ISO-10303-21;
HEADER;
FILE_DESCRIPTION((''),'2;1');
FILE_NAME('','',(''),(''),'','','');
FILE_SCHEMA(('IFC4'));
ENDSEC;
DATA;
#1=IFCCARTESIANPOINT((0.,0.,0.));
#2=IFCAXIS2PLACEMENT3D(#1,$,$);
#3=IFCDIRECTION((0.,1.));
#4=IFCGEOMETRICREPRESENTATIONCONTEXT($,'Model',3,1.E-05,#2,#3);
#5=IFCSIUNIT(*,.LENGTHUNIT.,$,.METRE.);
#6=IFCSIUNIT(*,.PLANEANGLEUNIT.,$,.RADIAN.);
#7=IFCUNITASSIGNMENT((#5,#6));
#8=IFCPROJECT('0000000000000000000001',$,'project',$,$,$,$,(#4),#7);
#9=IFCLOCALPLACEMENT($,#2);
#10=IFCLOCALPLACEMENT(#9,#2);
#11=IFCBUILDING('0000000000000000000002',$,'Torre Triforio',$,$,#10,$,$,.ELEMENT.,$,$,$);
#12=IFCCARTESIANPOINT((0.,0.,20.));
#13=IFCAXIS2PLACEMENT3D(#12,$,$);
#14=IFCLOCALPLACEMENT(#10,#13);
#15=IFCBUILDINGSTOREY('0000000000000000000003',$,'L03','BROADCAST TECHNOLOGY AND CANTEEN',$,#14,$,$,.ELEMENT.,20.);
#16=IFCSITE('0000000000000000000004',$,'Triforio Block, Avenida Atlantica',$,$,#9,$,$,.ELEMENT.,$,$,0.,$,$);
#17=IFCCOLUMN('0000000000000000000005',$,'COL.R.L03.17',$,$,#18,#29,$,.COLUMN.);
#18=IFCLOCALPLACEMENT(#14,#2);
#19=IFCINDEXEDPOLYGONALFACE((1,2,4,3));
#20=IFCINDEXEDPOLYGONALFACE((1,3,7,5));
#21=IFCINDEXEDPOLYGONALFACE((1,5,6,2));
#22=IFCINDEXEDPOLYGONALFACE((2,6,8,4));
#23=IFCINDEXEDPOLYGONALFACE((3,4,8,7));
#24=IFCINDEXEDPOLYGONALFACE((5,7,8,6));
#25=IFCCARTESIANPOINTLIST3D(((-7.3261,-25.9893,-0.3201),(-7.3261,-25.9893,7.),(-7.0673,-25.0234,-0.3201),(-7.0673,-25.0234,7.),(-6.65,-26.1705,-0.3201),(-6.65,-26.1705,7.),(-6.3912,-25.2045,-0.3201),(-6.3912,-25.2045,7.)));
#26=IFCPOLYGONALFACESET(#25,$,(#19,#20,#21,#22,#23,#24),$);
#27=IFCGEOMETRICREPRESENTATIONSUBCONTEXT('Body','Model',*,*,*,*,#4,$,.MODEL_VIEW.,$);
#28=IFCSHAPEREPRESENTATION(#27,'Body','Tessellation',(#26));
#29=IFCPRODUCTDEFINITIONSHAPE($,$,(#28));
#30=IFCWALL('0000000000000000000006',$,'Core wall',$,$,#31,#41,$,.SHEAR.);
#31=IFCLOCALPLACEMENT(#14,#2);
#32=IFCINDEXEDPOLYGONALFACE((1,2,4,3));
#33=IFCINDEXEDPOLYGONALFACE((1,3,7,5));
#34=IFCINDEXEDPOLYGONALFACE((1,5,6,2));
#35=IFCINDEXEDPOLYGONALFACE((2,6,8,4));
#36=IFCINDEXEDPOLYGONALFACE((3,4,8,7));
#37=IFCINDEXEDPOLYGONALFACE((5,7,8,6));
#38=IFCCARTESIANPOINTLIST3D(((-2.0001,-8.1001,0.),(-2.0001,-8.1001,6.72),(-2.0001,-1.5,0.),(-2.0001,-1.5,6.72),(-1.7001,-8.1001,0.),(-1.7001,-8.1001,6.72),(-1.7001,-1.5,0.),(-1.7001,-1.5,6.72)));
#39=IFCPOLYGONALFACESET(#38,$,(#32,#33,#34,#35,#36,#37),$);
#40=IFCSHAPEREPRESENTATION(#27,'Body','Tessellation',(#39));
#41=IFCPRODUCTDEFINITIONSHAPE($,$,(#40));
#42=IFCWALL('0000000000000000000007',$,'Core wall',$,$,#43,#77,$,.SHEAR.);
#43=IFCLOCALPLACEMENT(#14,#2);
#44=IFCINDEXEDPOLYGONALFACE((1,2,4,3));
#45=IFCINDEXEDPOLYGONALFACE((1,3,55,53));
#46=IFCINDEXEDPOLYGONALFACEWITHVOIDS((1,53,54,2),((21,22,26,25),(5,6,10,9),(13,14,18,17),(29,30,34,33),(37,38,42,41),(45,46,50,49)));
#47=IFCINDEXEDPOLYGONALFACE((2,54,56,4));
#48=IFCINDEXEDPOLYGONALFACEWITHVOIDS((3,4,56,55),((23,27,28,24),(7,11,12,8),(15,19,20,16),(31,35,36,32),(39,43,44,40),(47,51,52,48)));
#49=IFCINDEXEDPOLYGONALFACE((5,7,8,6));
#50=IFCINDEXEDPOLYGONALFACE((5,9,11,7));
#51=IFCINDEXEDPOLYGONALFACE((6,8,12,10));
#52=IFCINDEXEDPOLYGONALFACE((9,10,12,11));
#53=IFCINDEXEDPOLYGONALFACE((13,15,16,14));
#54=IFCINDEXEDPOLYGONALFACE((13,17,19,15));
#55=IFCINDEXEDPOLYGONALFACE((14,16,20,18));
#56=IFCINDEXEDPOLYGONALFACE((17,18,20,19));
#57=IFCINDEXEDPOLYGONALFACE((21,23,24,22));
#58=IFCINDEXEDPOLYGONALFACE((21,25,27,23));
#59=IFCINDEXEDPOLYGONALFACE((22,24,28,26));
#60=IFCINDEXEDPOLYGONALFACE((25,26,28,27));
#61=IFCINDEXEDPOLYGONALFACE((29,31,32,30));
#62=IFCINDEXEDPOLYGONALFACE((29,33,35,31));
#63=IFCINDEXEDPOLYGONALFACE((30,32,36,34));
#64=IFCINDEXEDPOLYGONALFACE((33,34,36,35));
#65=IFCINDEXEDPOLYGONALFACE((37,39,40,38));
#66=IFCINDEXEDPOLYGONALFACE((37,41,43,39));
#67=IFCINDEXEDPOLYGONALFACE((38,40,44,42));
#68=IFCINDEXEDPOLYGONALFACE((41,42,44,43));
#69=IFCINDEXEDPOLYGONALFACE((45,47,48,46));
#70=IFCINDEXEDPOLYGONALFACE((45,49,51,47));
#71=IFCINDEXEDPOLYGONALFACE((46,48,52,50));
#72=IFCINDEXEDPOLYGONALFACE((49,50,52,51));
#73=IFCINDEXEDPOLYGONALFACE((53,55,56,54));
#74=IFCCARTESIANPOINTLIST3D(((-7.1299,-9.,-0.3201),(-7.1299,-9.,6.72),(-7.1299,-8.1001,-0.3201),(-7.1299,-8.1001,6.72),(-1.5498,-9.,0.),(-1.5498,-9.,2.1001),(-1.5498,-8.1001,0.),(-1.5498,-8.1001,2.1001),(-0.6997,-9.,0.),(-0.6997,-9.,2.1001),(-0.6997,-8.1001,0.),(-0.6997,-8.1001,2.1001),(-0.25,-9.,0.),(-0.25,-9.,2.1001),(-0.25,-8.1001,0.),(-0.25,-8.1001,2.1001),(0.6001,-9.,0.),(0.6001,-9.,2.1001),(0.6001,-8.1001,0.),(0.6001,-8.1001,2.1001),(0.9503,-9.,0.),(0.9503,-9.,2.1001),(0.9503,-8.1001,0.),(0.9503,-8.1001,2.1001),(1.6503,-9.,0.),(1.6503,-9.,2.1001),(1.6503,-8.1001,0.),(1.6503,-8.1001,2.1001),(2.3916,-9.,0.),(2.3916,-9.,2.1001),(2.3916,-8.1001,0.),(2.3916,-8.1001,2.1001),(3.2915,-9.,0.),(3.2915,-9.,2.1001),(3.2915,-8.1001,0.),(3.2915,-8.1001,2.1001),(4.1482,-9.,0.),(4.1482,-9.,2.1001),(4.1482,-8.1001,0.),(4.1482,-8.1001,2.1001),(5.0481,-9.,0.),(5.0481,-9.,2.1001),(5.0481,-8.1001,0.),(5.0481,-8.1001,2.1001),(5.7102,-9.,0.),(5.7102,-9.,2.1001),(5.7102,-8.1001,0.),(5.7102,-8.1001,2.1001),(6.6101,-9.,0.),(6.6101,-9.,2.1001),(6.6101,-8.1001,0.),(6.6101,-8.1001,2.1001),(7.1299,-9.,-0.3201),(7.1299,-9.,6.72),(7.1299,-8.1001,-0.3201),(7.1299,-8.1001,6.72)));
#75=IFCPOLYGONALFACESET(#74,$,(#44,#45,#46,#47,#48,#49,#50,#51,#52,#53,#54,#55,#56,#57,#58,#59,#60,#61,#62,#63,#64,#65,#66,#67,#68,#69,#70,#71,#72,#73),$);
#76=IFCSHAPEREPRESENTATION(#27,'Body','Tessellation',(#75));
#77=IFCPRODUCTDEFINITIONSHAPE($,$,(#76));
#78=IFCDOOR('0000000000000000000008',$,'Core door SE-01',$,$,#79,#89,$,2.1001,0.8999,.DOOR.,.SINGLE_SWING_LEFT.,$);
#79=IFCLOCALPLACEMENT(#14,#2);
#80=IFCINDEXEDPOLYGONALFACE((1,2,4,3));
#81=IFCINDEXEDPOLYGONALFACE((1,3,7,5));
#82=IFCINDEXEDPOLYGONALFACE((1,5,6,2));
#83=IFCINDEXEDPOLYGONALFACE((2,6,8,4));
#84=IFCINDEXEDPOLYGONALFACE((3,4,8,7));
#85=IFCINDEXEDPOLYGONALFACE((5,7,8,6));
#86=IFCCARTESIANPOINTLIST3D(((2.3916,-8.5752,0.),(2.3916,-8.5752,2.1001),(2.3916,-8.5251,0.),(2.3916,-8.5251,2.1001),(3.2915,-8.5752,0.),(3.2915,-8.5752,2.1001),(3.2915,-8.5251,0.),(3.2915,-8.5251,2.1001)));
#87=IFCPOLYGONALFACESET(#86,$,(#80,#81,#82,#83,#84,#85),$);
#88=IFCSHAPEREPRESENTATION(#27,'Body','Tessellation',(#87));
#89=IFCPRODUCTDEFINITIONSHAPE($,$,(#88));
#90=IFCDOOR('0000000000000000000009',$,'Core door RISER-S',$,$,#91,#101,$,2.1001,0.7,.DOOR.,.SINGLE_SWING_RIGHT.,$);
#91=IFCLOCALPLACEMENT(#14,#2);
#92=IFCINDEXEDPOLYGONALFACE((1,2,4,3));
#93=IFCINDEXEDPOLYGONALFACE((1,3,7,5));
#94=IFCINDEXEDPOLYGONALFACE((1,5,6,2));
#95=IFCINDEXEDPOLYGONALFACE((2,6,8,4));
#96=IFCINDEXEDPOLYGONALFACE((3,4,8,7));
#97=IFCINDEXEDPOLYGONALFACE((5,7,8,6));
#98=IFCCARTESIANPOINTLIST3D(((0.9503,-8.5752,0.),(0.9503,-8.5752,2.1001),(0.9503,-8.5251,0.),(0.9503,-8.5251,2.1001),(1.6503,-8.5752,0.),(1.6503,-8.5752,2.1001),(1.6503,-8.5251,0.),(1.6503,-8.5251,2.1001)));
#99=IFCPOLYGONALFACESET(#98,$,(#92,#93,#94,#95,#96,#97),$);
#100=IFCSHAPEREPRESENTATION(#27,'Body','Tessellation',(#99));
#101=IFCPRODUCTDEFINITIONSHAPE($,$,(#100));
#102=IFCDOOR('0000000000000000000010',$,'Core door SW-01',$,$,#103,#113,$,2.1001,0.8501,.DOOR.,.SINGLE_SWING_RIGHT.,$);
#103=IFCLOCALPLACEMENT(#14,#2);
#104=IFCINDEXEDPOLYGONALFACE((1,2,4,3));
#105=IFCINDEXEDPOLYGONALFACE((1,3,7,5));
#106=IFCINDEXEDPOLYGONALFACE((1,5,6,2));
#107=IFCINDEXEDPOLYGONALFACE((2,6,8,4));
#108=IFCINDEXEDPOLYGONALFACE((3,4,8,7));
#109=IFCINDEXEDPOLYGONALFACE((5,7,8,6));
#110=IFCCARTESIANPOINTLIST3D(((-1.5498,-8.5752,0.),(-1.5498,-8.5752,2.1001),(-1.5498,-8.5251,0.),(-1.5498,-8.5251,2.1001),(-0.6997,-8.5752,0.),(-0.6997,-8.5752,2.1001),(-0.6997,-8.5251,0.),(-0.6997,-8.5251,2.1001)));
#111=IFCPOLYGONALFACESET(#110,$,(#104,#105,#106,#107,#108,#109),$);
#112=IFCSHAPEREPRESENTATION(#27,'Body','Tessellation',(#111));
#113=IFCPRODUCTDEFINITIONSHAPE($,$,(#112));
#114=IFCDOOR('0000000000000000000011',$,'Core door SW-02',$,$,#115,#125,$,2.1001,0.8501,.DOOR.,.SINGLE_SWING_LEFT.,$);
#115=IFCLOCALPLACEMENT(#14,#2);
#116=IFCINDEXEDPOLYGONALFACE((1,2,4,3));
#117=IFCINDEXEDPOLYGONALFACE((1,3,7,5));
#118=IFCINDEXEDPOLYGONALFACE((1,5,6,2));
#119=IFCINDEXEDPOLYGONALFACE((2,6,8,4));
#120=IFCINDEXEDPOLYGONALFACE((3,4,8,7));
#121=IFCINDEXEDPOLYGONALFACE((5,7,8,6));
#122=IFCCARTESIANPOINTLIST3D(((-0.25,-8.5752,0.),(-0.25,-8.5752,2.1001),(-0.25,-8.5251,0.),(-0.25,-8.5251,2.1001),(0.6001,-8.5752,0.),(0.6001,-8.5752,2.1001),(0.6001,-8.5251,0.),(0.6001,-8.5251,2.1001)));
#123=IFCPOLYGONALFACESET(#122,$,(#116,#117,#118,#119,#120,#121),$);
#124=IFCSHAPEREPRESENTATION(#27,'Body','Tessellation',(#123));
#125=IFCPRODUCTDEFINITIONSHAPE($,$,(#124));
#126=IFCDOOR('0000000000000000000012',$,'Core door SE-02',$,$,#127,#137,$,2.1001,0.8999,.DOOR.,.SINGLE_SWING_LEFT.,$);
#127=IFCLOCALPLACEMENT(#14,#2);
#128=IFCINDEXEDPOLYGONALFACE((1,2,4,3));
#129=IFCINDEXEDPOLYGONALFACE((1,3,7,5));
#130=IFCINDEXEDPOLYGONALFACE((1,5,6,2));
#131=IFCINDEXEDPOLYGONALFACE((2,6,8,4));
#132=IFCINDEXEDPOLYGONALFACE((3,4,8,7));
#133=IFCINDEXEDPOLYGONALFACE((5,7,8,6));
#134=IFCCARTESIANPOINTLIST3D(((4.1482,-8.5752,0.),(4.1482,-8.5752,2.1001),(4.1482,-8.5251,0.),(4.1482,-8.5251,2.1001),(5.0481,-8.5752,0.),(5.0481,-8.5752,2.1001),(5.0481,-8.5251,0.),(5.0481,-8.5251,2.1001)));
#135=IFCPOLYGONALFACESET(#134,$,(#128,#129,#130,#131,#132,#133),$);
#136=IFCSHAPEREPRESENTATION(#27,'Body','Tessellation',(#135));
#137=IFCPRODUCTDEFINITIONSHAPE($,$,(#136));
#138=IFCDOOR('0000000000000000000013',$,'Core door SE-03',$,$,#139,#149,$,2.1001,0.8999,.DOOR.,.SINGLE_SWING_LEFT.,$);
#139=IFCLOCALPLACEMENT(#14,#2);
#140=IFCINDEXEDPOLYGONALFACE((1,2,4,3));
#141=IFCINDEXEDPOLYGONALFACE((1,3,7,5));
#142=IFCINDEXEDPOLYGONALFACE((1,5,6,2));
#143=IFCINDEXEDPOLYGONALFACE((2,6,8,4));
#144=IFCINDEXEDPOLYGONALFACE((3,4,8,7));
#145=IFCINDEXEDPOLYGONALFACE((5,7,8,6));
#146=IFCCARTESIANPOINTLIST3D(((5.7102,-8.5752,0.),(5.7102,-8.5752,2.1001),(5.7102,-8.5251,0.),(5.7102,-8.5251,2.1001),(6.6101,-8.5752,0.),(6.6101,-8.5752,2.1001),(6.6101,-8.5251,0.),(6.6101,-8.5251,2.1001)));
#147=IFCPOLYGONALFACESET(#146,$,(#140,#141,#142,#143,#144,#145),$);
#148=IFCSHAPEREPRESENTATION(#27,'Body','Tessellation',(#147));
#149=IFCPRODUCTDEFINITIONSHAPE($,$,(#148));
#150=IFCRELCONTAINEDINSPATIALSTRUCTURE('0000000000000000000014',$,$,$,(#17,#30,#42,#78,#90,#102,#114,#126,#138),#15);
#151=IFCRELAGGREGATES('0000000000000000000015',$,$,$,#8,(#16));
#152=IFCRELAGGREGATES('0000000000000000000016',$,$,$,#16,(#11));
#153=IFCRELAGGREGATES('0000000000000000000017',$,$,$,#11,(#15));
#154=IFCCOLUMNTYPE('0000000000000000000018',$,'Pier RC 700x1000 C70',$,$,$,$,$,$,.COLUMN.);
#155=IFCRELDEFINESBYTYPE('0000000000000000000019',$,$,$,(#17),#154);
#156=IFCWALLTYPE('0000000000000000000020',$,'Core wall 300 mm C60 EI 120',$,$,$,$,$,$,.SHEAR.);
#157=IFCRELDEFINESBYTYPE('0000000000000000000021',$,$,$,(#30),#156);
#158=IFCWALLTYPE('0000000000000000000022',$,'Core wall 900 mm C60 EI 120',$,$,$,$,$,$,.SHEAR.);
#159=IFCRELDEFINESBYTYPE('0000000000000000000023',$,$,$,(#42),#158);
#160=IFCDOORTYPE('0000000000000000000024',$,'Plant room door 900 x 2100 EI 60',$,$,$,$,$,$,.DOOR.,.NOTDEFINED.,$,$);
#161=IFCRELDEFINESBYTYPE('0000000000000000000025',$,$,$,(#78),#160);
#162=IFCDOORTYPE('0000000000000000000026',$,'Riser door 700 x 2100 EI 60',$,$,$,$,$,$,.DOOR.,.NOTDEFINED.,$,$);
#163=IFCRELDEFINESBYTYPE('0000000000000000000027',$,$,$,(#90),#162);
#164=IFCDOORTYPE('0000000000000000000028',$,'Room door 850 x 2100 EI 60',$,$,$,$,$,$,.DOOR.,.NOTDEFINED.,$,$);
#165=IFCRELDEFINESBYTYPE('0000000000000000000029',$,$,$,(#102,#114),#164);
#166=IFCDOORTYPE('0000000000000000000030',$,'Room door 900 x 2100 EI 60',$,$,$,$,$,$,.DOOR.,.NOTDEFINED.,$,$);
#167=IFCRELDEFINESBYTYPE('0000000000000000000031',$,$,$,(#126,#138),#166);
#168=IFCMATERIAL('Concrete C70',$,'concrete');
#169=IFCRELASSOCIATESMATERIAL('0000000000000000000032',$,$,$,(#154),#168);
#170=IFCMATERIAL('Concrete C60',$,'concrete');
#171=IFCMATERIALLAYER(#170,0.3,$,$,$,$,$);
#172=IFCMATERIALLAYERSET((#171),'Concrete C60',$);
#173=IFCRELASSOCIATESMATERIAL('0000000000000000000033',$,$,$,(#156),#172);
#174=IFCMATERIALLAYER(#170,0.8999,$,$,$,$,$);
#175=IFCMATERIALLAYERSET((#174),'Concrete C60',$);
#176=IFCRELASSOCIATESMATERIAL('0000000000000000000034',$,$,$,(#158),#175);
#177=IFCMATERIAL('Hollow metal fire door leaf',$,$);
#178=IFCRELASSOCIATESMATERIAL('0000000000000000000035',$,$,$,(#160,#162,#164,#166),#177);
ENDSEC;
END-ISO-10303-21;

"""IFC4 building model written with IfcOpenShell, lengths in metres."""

from ifc_helpers import new_model, si_unit, direction, frame, frame_2d, origin, origin_2d, place, context, subcontext, project, spatial, rectangle, extrude, material, layer, layer_set, material_profile, profile_set, type_object, element, fill, save


model = new_model("IFC4")

# Units and contexts
model_context = context("Model", 3, precision=1e-05, world=origin(), true_north=direction((0.0, 1.0)))
body_context = subcontext(model_context, "Body", "Model", "MODEL_VIEW")
ifc_project = project(units=[si_unit("LENGTHUNIT", "METRE"), si_unit("PLANEANGLEUNIT", "RADIAN")], contexts=[model_context])

# Site, building, storey
site_placement = place(None, origin())
site = spatial("IfcSite", under=ifc_project, at=site_placement, Name="Triforio Block, Avenida Atlantica", CompositionType="ELEMENT", RefElevation=0.0)
building_placement = place(site_placement, origin())
building = spatial("IfcBuilding", under=site, at=building_placement, Name="Torre Triforio", CompositionType="ELEMENT")
storey_placement = place(building_placement, frame((0.0, 0.0, 20.0)))
storey = spatial("IfcBuildingStorey", under=building, at=storey_placement, Name="L03", Description="BROADCAST TECHNOLOGY AND CANTEEN", CompositionType="ELEMENT", Elevation=20.0)

# Column
ifc_material_1 = material(Name="Concrete C70", Category="concrete")
ifc_material_profile_1 = material_profile(ifc_material_1, rectangle(XDim=0.7, YDim=1.0, at=origin_2d()), Name="RC 700x1000")
ifc_profile_set_1 = profile_set([ifc_material_profile_1], Name="Concrete C70")
column_type = type_object("IfcColumnType", Name="Pier RC 700x1000 C70", PredefinedType="COLUMN", material=ifc_profile_set_1)
column_placement = place(storey_placement, frame((-6.8586, -25.5969, -0.3201), z_axis=(0.0, 0.0, 1.0), x_axis=(0.965926, -0.258819, 0.0)))
element("IfcColumn", 1, at=column_placement, inside=storey, type_object=column_type, Name="COL.R.L03.17", PredefinedType="COLUMN", context=body_context, shape_type="SweptSolid", body=[
    extrude(rectangle(XDim=0.7, YDim=1.0, at=origin_2d()), origin(), (0.0, 0.0, 1.0), 7.3201),
])

# Wall
ifc_material_2 = material(Name="Concrete C60", Category="concrete")
ifc_layer_1 = layer(ifc_material_2, 0.3)
ifc_layer_set_1 = layer_set([ifc_layer_1], Name="Concrete C60")
wall_type_1 = type_object("IfcWallType", Name="Core wall 300 mm C60 EI 120", PredefinedType="SHEAR", material=ifc_layer_set_1)
wall_1_placement = place(storey_placement, frame((-1.8501, -8.1001, 0.0), z_axis=(0.0, 0.0, 1.0), x_axis=(0.0, 1.0, 0.0)))
element("IfcWall", 2, at=wall_1_placement, inside=storey, type_object=wall_type_1, Name="Core wall", PredefinedType="SHEAR", context=body_context, shape_type="SweptSolid", body=[
    extrude(rectangle(XDim=6.6001, YDim=0.3, at=frame_2d((3.3, 0.0))), origin(), (0.0, 0.0, 1.0), 6.72),
])

# Wall, openings, doors
ifc_layer_2 = layer(ifc_material_2, 0.8999)
ifc_layer_set_2 = layer_set([ifc_layer_2], Name="Concrete C60")
wall_type_2 = type_object("IfcWallType", Name="Core wall 900 mm C60 EI 120", PredefinedType="SHEAR", material=ifc_layer_set_2)
wall_2_placement = place(storey_placement, frame((-7.1299, -8.55, -0.3201), z_axis=(0.0, 0.0, 1.0), x_axis=(1.0, 0.0, 0.0)))
wall_2 = element("IfcWall", 3, at=wall_2_placement, inside=storey, type_object=wall_type_2, Name="Core wall", PredefinedType="SHEAR", context=body_context, shape_type="SweptSolid", body=[
    extrude(rectangle(XDim=14.2598, YDim=0.8999, at=frame_2d((7.1299, 0.0))), origin(), (0.0, 0.0, 1.0), 7.04),
])
opening_1_placement = place(wall_2_placement, frame((8.0801, 0.0, 0.3201)))
opening_1 = element("IfcOpeningElement", 4, at=opening_1_placement, cuts=wall_2, PredefinedType="OPENING", context=body_context, shape_type="SweptSolid", body=[
    extrude(rectangle(XDim=0.7, YDim=2.1001, at=frame_2d((0.3501, 1.05))), frame((0.0, 0.46, 0.0), z_axis=(0.0, -1.0, 0.0), x_axis=(1.0, 0.0, 0.0)), (0.0, 0.0, 1.0), 0.9199),
])
opening_2_placement = place(wall_2_placement, frame((5.5801, 0.0, 0.3201)))
opening_2 = element("IfcOpeningElement", 5, at=opening_2_placement, cuts=wall_2, PredefinedType="OPENING", context=body_context, shape_type="SweptSolid", body=[
    extrude(rectangle(XDim=0.8501, YDim=2.1001, at=frame_2d((0.425, 1.05))), frame((0.0, 0.46, 0.0), z_axis=(0.0, -1.0, 0.0), x_axis=(1.0, 0.0, 0.0)), (0.0, 0.0, 1.0), 0.9199),
])
opening_3_placement = place(wall_2_placement, frame((6.8799, 0.0, 0.3201)))
opening_3 = element("IfcOpeningElement", 6, at=opening_3_placement, cuts=wall_2, PredefinedType="OPENING", context=body_context, shape_type="SweptSolid", body=[
    extrude(rectangle(XDim=0.8501, YDim=2.1001, at=frame_2d((0.425, 1.05))), frame((0.0, 0.46, 0.0), z_axis=(0.0, -1.0, 0.0), x_axis=(1.0, 0.0, 0.0)), (0.0, 0.0, 1.0), 0.9199),
])
opening_4_placement = place(wall_2_placement, frame((9.5215, 0.0, 0.3201)))
opening_4 = element("IfcOpeningElement", 7, at=opening_4_placement, cuts=wall_2, PredefinedType="OPENING", context=body_context, shape_type="SweptSolid", body=[
    extrude(rectangle(XDim=0.8999, YDim=2.1001, at=frame_2d((0.45, 1.05))), frame((0.0, 0.46, 0.0), z_axis=(0.0, -1.0, 0.0), x_axis=(1.0, 0.0, 0.0)), (0.0, 0.0, 1.0), 0.9199),
])
opening_5_placement = place(wall_2_placement, frame((11.2781, 0.0, 0.3201)))
opening_5 = element("IfcOpeningElement", 8, at=opening_5_placement, cuts=wall_2, PredefinedType="OPENING", context=body_context, shape_type="SweptSolid", body=[
    extrude(rectangle(XDim=0.8999, YDim=2.1001, at=frame_2d((0.45, 1.05))), frame((0.0, 0.46, 0.0), z_axis=(0.0, -1.0, 0.0), x_axis=(1.0, 0.0, 0.0)), (0.0, 0.0, 1.0), 0.9199),
])
opening_6_placement = place(wall_2_placement, frame((12.8401, 0.0, 0.3201)))
opening_6 = element("IfcOpeningElement", 9, at=opening_6_placement, cuts=wall_2, PredefinedType="OPENING", context=body_context, shape_type="SweptSolid", body=[
    extrude(rectangle(XDim=0.8999, YDim=2.1001, at=frame_2d((0.45, 1.05))), frame((0.0, 0.46, 0.0), z_axis=(0.0, -1.0, 0.0), x_axis=(1.0, 0.0, 0.0)), (0.0, 0.0, 1.0), 0.9199),
])
ifc_material_3 = material(Name="Hollow metal fire door leaf")
door_type_1 = type_object("IfcDoorType", Name="Plant room door 900 x 2100 EI 60", OperationType="NOTDEFINED", PredefinedType="DOOR", material=ifc_material_3)
door_1_placement = place(opening_4_placement, origin())
door_1 = element("IfcDoor", 10, at=door_1_placement, inside=storey, type_object=door_type_1, Name="Core door SE-01", OperationType="SINGLE_SWING_LEFT", OverallHeight=2.1001, OverallWidth=0.8999, PredefinedType="DOOR", context=body_context, shape_type="SweptSolid", body=[
    extrude(rectangle(XDim=0.8999, YDim=2.1001, at=frame_2d((0.45, 1.05))), frame((0.0, 0.0249, 0.0), z_axis=(0.0, -1.0, 0.0), x_axis=(1.0, 0.0, 0.0)), (0.0, 0.0, 1.0), 0.05),
])
fill(opening_4, door_1)
door_type_2 = type_object("IfcDoorType", Name="Riser door 700 x 2100 EI 60", OperationType="NOTDEFINED", PredefinedType="DOOR", material=ifc_material_3)
door_2_placement = place(opening_1_placement, origin())
door_2 = element("IfcDoor", 11, at=door_2_placement, inside=storey, type_object=door_type_2, Name="Core door RISER-S", OperationType="SINGLE_SWING_RIGHT", OverallHeight=2.1001, OverallWidth=0.7, PredefinedType="DOOR", context=body_context, shape_type="SweptSolid", body=[
    extrude(rectangle(XDim=0.7, YDim=2.1001, at=frame_2d((0.3501, 1.05))), frame((0.0, 0.0249, 0.0), z_axis=(0.0, -1.0, 0.0), x_axis=(1.0, 0.0, 0.0)), (0.0, 0.0, 1.0), 0.05),
])
fill(opening_1, door_2)
door_type_3 = type_object("IfcDoorType", Name="Room door 850 x 2100 EI 60", OperationType="NOTDEFINED", PredefinedType="DOOR", material=ifc_material_3)
door_3_placement = place(opening_2_placement, origin())
door_3 = element("IfcDoor", 12, at=door_3_placement, inside=storey, type_object=door_type_3, Name="Core door SW-01", OperationType="SINGLE_SWING_RIGHT", OverallHeight=2.1001, OverallWidth=0.8501, PredefinedType="DOOR", context=body_context, shape_type="SweptSolid", body=[
    extrude(rectangle(XDim=0.8501, YDim=2.1001, at=frame_2d((0.425, 1.05))), frame((0.0, 0.0249, 0.0), z_axis=(0.0, -1.0, 0.0), x_axis=(1.0, 0.0, 0.0)), (0.0, 0.0, 1.0), 0.05),
])
fill(opening_2, door_3)
door_4_placement = place(opening_3_placement, origin())
door_4 = element("IfcDoor", 13, at=door_4_placement, inside=storey, type_object=door_type_3, Name="Core door SW-02", OperationType="SINGLE_SWING_LEFT", OverallHeight=2.1001, OverallWidth=0.8501, PredefinedType="DOOR", context=body_context, shape_type="SweptSolid", body=[
    extrude(rectangle(XDim=0.8501, YDim=2.1001, at=frame_2d((0.425, 1.05))), frame((0.0, 0.0249, 0.0), z_axis=(0.0, -1.0, 0.0), x_axis=(1.0, 0.0, 0.0)), (0.0, 0.0, 1.0), 0.05),
])
fill(opening_3, door_4)
door_type_4 = type_object("IfcDoorType", Name="Room door 900 x 2100 EI 60", OperationType="NOTDEFINED", PredefinedType="DOOR", material=ifc_material_3)
door_5_placement = place(opening_5_placement, origin())
door_5 = element("IfcDoor", 14, at=door_5_placement, inside=storey, type_object=door_type_4, Name="Core door SE-02", OperationType="SINGLE_SWING_LEFT", OverallHeight=2.1001, OverallWidth=0.8999, PredefinedType="DOOR", context=body_context, shape_type="SweptSolid", body=[
    extrude(rectangle(XDim=0.8999, YDim=2.1001, at=frame_2d((0.45, 1.05))), frame((0.0, 0.0249, 0.0), z_axis=(0.0, -1.0, 0.0), x_axis=(1.0, 0.0, 0.0)), (0.0, 0.0, 1.0), 0.05),
])
fill(opening_5, door_5)
door_6_placement = place(opening_6_placement, origin())
door_6 = element("IfcDoor", 15, at=door_6_placement, inside=storey, type_object=door_type_4, Name="Core door SE-03", OperationType="SINGLE_SWING_LEFT", OverallHeight=2.1001, OverallWidth=0.8999, PredefinedType="DOOR", context=body_context, shape_type="SweptSolid", body=[
    extrude(rectangle(XDim=0.8999, YDim=2.1001, at=frame_2d((0.45, 1.05))), frame((0.0, 0.0249, 0.0), z_axis=(0.0, -1.0, 0.0), x_axis=(1.0, 0.0, 0.0)), (0.0, 0.0, 1.0), 0.05),
])
fill(opening_6, door_6)

save(model, "model.ifc")
